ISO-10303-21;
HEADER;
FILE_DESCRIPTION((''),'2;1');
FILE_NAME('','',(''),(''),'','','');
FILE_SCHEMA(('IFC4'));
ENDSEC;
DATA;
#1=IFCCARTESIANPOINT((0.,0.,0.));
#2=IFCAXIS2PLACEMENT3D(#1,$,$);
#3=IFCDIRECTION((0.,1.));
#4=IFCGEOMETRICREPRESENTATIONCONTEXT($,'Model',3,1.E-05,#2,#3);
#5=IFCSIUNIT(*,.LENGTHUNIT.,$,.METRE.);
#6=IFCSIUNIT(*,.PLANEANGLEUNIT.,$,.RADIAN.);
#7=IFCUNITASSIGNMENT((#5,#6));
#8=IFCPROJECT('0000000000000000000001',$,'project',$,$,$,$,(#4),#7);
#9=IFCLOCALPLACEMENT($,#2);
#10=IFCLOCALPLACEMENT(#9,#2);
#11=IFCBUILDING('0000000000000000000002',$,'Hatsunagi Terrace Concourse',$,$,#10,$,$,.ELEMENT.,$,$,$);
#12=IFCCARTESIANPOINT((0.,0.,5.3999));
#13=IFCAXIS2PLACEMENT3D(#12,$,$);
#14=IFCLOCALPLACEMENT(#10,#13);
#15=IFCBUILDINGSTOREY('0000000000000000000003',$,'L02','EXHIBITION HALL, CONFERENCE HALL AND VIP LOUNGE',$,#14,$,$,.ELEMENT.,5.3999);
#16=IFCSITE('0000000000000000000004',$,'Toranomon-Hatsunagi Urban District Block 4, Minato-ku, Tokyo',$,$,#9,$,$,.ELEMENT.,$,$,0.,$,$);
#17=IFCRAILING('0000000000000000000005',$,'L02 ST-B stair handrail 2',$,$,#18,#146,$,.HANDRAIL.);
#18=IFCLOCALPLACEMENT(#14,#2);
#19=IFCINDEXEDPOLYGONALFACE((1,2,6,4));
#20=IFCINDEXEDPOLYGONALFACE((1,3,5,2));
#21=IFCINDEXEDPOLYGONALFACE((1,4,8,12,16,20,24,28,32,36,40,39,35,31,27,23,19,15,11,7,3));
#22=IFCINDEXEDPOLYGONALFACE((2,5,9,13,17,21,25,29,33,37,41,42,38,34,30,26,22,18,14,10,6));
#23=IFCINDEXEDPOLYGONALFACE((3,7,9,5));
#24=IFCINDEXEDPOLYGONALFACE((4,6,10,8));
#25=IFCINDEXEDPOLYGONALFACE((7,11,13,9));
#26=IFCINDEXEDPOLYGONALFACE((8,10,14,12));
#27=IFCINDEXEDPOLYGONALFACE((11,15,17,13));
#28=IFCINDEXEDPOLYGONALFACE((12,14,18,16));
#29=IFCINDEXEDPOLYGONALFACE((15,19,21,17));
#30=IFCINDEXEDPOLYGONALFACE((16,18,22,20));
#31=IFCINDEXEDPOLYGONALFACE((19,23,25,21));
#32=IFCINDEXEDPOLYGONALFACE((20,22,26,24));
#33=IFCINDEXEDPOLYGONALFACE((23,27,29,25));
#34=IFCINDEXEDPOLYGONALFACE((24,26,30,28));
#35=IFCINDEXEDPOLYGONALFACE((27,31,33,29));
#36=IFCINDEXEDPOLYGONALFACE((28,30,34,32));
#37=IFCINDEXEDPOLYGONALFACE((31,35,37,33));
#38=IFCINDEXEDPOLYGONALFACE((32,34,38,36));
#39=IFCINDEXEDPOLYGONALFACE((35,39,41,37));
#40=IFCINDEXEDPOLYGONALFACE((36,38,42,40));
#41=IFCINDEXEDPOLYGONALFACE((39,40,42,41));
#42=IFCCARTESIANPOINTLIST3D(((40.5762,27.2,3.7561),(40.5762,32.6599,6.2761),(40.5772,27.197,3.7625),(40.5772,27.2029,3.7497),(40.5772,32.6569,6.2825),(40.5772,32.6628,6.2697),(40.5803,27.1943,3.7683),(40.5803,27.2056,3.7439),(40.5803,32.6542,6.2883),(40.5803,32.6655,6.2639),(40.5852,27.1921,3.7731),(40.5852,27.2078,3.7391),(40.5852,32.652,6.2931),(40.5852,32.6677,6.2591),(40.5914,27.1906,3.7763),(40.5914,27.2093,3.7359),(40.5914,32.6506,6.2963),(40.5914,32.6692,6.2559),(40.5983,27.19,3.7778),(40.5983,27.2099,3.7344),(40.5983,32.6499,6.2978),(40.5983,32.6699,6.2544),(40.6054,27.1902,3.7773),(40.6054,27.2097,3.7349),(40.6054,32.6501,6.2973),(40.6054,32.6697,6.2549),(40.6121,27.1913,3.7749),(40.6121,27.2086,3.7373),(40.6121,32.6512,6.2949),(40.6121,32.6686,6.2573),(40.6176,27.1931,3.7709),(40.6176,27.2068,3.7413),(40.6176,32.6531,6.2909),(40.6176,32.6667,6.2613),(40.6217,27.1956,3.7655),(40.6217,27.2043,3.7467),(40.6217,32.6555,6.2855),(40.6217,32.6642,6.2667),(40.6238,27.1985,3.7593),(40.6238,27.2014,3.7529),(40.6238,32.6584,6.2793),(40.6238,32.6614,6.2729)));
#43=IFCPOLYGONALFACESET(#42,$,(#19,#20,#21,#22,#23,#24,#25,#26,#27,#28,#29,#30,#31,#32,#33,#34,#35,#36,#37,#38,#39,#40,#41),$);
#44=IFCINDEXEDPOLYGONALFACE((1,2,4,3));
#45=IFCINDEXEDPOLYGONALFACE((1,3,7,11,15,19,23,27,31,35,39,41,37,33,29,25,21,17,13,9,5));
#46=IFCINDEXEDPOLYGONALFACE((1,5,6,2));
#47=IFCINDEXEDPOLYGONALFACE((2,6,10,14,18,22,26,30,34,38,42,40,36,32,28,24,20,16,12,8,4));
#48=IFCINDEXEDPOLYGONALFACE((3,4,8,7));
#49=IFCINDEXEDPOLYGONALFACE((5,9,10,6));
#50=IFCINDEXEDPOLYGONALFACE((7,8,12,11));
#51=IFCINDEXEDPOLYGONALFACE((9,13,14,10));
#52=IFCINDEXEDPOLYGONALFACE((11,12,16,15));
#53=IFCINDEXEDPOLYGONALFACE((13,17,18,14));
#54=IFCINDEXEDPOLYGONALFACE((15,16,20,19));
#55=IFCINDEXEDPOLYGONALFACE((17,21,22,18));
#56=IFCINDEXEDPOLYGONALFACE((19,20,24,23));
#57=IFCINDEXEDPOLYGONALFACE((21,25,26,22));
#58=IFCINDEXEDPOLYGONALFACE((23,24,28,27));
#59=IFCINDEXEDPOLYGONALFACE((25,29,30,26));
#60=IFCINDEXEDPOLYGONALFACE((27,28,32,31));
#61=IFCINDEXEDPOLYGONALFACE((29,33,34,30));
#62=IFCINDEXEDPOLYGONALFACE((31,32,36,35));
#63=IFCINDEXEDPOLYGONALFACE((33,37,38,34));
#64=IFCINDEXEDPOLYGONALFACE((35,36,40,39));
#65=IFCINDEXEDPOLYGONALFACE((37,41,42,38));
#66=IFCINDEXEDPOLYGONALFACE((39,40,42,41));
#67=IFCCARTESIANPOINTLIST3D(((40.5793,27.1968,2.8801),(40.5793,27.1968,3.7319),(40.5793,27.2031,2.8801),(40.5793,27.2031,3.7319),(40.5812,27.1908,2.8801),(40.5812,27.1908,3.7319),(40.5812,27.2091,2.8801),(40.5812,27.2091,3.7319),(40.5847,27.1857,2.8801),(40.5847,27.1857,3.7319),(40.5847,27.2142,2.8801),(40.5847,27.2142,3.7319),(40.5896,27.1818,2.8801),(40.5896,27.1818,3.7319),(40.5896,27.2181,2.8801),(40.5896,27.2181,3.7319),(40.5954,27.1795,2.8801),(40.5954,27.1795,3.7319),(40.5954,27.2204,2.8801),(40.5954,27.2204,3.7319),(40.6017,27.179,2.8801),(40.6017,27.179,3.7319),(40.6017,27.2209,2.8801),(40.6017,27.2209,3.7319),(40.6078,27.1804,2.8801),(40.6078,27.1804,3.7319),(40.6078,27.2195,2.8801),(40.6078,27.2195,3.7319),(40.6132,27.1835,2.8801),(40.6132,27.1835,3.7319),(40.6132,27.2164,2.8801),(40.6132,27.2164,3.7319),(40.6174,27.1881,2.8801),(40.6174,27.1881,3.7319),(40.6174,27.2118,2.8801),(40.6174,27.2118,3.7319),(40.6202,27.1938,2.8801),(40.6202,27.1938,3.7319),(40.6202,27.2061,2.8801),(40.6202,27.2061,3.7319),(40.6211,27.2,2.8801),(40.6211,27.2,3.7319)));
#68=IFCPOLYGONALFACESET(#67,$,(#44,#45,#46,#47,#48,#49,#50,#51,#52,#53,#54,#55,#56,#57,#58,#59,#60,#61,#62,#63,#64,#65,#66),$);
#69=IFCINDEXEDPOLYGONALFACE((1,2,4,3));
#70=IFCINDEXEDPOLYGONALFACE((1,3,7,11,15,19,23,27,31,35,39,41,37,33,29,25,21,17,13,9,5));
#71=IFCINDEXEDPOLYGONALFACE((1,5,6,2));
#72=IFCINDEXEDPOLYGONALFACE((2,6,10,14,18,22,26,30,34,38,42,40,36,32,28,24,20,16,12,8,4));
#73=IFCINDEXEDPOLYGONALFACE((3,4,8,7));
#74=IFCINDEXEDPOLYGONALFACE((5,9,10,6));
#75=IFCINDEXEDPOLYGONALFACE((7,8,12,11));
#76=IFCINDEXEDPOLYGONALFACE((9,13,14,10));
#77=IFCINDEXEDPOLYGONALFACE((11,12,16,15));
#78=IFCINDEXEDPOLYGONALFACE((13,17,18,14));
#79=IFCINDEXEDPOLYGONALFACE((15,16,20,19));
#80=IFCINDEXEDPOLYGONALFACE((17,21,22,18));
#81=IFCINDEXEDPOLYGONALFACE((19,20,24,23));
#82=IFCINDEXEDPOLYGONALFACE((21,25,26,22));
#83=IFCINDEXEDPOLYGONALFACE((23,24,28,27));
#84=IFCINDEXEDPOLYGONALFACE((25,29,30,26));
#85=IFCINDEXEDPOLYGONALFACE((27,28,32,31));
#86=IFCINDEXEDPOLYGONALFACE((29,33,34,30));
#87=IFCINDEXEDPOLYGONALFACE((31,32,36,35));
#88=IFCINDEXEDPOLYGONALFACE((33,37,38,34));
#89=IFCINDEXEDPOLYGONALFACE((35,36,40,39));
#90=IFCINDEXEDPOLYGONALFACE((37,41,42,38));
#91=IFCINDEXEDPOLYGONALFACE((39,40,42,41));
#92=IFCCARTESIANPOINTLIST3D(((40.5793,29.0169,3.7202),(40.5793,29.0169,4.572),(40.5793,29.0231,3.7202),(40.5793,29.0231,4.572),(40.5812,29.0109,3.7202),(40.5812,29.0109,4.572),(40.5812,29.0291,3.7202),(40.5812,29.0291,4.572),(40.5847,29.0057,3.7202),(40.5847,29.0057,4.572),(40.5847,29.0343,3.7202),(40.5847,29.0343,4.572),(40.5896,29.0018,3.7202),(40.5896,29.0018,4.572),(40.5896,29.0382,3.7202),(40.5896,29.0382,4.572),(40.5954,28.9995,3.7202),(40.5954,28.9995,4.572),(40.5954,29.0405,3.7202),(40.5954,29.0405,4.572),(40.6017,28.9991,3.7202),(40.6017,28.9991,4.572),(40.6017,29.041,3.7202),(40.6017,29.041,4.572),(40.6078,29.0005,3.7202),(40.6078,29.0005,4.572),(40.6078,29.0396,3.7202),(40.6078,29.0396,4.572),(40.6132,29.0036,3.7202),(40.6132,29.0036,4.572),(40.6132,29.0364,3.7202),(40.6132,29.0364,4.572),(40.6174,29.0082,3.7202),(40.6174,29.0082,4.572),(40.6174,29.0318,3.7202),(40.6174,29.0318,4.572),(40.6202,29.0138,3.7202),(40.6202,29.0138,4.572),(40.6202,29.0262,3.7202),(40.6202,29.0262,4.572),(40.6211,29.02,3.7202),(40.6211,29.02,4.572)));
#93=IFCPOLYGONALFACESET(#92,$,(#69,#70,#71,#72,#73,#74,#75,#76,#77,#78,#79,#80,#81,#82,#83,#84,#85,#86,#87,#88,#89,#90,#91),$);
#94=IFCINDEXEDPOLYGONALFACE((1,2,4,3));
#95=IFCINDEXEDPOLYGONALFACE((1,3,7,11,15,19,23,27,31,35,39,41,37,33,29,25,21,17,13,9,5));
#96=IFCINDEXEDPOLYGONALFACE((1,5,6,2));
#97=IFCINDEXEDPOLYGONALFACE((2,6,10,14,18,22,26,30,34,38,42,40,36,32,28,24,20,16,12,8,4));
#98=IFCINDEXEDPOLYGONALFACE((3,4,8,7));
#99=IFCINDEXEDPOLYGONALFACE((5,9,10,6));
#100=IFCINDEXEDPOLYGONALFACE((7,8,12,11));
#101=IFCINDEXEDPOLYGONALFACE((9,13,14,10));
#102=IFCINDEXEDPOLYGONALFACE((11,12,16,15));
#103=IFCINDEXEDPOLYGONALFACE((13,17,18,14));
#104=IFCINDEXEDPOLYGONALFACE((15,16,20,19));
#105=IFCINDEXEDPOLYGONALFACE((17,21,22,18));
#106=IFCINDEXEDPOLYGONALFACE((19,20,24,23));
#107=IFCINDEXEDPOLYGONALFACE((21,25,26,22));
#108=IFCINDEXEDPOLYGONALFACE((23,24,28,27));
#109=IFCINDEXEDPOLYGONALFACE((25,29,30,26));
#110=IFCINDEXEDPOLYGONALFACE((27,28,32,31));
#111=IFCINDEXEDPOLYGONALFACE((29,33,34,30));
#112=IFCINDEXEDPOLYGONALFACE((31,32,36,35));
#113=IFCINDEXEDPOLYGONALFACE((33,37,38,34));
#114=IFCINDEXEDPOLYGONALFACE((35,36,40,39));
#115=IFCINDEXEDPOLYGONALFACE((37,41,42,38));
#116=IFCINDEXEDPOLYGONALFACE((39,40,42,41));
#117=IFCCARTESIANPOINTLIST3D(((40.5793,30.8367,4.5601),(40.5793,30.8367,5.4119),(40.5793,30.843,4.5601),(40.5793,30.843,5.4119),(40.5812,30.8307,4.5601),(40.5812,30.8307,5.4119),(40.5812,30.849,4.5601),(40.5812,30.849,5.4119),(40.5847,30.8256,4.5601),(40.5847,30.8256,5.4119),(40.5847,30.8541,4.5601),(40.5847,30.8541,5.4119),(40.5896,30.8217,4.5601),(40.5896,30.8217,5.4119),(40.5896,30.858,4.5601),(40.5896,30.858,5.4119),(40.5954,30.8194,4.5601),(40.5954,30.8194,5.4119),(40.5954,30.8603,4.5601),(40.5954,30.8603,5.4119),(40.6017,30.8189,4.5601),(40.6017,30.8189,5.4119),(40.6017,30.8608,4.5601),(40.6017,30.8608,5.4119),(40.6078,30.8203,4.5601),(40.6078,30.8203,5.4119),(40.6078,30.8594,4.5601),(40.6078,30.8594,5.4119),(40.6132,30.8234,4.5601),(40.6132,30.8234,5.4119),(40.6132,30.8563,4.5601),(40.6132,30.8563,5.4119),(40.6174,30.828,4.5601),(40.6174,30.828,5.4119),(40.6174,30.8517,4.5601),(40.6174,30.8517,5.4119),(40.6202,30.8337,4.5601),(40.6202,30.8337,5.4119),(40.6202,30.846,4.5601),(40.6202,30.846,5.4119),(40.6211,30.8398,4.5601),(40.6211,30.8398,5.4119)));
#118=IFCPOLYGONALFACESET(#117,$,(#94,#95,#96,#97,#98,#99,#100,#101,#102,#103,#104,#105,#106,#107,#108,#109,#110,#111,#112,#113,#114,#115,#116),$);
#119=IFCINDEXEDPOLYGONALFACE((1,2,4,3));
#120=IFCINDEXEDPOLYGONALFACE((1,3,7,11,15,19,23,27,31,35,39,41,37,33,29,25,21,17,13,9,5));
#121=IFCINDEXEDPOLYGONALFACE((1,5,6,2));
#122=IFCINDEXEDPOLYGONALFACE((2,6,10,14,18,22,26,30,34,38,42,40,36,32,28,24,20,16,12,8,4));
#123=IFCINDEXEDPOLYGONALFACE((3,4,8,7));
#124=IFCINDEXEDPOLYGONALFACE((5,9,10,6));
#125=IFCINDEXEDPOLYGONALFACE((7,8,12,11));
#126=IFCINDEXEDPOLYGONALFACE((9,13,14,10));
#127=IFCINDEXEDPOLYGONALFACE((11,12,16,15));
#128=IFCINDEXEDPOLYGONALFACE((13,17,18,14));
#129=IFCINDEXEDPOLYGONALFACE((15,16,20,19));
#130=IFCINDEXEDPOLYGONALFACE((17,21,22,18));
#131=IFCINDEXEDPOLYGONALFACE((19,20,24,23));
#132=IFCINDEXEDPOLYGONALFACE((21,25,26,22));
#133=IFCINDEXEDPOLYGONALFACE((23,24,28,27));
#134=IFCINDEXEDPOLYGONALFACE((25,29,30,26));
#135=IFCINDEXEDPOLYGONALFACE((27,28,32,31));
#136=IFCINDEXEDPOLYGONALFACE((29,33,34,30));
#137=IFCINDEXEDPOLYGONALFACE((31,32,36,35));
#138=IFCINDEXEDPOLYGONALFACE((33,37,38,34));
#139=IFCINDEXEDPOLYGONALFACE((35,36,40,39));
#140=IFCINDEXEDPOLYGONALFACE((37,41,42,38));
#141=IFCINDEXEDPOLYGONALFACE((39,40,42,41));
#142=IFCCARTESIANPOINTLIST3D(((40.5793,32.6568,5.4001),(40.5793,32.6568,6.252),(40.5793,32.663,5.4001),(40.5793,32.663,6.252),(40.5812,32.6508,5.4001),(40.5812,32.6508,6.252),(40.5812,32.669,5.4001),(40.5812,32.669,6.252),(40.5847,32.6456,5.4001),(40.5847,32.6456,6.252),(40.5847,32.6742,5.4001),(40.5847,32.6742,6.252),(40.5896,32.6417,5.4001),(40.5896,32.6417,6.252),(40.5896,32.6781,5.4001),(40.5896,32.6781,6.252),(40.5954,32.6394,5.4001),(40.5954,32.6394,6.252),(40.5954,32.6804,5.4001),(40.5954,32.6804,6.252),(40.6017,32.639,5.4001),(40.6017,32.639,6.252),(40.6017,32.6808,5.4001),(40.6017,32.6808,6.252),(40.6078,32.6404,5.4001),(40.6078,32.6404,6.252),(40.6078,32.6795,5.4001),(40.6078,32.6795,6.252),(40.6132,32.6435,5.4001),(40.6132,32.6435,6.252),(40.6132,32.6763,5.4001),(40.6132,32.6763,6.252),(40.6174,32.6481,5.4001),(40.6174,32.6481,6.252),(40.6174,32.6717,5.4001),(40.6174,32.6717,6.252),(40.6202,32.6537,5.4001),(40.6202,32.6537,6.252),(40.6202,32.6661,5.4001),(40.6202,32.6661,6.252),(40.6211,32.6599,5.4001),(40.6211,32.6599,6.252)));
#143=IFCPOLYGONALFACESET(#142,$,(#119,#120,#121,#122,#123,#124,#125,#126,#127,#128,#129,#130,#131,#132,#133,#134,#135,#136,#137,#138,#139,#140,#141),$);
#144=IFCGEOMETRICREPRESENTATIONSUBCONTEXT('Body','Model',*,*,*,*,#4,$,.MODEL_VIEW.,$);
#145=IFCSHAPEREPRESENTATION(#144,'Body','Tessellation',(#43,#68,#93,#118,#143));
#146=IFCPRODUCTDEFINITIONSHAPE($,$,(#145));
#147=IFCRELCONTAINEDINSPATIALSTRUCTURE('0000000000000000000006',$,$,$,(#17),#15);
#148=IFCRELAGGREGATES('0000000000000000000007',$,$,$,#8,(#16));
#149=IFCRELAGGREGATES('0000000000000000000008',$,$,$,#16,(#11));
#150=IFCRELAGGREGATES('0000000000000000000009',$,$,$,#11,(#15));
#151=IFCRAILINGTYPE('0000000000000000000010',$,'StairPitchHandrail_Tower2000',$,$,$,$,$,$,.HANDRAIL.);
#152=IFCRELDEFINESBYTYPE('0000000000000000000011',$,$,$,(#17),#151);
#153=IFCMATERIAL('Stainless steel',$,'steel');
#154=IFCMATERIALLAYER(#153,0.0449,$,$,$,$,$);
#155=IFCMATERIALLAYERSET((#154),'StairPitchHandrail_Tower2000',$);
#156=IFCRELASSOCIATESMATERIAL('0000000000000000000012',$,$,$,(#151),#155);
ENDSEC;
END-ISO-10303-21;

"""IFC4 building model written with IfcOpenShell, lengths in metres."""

from ifc_helpers import new_model, si_unit, direction, frame, origin, origin_2d, place, context, subcontext, project, spatial, circle, extrude, material, layer, layer_set, type_object, element, save


model = new_model("IFC4")

# Units and contexts
model_context = context("Model", 3, precision=1e-05, world=origin(), true_north=direction((0.0, 1.0)))
body_context = subcontext(model_context, "Body", "Model", "MODEL_VIEW")
ifc_project = project(units=[si_unit("LENGTHUNIT", "METRE"), si_unit("PLANEANGLEUNIT", "RADIAN")], contexts=[model_context])

# Site, building, storey
site_placement = place(None, origin())
site = spatial("IfcSite", under=ifc_project, at=site_placement, Name="Toranomon-Hatsunagi Urban District Block 4, Minato-ku, Tokyo", CompositionType="ELEMENT", RefElevation=0.0)
building_placement = place(site_placement, origin())
building = spatial("IfcBuilding", under=site, at=building_placement, Name="Hatsunagi Terrace Concourse", CompositionType="ELEMENT")
storey_placement = place(building_placement, frame((0.0, 0.0, 5.3999)))
storey = spatial("IfcBuildingStorey", under=building, at=storey_placement, Name="L02", Description="EXHIBITION HALL, CONFERENCE HALL AND VIP LOUNGE", CompositionType="ELEMENT", Elevation=5.3999)

# Railing
ifc_material_1 = material(Name="Stainless steel", Category="steel")
ifc_layer_1 = layer(ifc_material_1, 0.0449)
ifc_layer_set_1 = layer_set([ifc_layer_1], Name="StairPitchHandrail_Tower2000")
railing_type_1 = type_object("IfcRailingType", Name="StairPitchHandrail_Tower2000", PredefinedType="HANDRAIL", material=ifc_layer_set_1)
railing_1_placement = place(storey_placement, frame((40.6001, 27.2, 2.8801)))
element("IfcRailing", 1, at=railing_1_placement, inside=storey, type_object=railing_type_1, Name="L02 ST-B stair handrail 2", PredefinedType="HANDRAIL", context=body_context, shape_type="SweptSolid", body=[
    extrude(circle(Radius=0.0239, at=origin_2d()), frame((0.0, 0.0, 0.876), z_axis=(0.0, 0.907957, 0.419063), x_axis=(-1.0, 0.0, 0.0)), (0.0, 0.0, 1.0), 6.0134),
    extrude(circle(Radius=0.021, at=origin_2d()), origin(), (0.0, 0.0, 1.0), 0.8518),
    extrude(circle(Radius=0.021, at=origin_2d()), frame((0.0, 1.8201, 0.8401)), (0.0, 0.0, 1.0), 0.8518),
    extrude(circle(Radius=0.021, at=origin_2d()), frame((0.0, 3.6399, 1.6799)), (0.0, 0.0, 1.0), 0.8518),
    extrude(circle(Radius=0.021, at=origin_2d()), frame((0.0, 5.46, 2.52)), (0.0, 0.0, 1.0), 0.8518),
])

save(model, "model.ifc")
